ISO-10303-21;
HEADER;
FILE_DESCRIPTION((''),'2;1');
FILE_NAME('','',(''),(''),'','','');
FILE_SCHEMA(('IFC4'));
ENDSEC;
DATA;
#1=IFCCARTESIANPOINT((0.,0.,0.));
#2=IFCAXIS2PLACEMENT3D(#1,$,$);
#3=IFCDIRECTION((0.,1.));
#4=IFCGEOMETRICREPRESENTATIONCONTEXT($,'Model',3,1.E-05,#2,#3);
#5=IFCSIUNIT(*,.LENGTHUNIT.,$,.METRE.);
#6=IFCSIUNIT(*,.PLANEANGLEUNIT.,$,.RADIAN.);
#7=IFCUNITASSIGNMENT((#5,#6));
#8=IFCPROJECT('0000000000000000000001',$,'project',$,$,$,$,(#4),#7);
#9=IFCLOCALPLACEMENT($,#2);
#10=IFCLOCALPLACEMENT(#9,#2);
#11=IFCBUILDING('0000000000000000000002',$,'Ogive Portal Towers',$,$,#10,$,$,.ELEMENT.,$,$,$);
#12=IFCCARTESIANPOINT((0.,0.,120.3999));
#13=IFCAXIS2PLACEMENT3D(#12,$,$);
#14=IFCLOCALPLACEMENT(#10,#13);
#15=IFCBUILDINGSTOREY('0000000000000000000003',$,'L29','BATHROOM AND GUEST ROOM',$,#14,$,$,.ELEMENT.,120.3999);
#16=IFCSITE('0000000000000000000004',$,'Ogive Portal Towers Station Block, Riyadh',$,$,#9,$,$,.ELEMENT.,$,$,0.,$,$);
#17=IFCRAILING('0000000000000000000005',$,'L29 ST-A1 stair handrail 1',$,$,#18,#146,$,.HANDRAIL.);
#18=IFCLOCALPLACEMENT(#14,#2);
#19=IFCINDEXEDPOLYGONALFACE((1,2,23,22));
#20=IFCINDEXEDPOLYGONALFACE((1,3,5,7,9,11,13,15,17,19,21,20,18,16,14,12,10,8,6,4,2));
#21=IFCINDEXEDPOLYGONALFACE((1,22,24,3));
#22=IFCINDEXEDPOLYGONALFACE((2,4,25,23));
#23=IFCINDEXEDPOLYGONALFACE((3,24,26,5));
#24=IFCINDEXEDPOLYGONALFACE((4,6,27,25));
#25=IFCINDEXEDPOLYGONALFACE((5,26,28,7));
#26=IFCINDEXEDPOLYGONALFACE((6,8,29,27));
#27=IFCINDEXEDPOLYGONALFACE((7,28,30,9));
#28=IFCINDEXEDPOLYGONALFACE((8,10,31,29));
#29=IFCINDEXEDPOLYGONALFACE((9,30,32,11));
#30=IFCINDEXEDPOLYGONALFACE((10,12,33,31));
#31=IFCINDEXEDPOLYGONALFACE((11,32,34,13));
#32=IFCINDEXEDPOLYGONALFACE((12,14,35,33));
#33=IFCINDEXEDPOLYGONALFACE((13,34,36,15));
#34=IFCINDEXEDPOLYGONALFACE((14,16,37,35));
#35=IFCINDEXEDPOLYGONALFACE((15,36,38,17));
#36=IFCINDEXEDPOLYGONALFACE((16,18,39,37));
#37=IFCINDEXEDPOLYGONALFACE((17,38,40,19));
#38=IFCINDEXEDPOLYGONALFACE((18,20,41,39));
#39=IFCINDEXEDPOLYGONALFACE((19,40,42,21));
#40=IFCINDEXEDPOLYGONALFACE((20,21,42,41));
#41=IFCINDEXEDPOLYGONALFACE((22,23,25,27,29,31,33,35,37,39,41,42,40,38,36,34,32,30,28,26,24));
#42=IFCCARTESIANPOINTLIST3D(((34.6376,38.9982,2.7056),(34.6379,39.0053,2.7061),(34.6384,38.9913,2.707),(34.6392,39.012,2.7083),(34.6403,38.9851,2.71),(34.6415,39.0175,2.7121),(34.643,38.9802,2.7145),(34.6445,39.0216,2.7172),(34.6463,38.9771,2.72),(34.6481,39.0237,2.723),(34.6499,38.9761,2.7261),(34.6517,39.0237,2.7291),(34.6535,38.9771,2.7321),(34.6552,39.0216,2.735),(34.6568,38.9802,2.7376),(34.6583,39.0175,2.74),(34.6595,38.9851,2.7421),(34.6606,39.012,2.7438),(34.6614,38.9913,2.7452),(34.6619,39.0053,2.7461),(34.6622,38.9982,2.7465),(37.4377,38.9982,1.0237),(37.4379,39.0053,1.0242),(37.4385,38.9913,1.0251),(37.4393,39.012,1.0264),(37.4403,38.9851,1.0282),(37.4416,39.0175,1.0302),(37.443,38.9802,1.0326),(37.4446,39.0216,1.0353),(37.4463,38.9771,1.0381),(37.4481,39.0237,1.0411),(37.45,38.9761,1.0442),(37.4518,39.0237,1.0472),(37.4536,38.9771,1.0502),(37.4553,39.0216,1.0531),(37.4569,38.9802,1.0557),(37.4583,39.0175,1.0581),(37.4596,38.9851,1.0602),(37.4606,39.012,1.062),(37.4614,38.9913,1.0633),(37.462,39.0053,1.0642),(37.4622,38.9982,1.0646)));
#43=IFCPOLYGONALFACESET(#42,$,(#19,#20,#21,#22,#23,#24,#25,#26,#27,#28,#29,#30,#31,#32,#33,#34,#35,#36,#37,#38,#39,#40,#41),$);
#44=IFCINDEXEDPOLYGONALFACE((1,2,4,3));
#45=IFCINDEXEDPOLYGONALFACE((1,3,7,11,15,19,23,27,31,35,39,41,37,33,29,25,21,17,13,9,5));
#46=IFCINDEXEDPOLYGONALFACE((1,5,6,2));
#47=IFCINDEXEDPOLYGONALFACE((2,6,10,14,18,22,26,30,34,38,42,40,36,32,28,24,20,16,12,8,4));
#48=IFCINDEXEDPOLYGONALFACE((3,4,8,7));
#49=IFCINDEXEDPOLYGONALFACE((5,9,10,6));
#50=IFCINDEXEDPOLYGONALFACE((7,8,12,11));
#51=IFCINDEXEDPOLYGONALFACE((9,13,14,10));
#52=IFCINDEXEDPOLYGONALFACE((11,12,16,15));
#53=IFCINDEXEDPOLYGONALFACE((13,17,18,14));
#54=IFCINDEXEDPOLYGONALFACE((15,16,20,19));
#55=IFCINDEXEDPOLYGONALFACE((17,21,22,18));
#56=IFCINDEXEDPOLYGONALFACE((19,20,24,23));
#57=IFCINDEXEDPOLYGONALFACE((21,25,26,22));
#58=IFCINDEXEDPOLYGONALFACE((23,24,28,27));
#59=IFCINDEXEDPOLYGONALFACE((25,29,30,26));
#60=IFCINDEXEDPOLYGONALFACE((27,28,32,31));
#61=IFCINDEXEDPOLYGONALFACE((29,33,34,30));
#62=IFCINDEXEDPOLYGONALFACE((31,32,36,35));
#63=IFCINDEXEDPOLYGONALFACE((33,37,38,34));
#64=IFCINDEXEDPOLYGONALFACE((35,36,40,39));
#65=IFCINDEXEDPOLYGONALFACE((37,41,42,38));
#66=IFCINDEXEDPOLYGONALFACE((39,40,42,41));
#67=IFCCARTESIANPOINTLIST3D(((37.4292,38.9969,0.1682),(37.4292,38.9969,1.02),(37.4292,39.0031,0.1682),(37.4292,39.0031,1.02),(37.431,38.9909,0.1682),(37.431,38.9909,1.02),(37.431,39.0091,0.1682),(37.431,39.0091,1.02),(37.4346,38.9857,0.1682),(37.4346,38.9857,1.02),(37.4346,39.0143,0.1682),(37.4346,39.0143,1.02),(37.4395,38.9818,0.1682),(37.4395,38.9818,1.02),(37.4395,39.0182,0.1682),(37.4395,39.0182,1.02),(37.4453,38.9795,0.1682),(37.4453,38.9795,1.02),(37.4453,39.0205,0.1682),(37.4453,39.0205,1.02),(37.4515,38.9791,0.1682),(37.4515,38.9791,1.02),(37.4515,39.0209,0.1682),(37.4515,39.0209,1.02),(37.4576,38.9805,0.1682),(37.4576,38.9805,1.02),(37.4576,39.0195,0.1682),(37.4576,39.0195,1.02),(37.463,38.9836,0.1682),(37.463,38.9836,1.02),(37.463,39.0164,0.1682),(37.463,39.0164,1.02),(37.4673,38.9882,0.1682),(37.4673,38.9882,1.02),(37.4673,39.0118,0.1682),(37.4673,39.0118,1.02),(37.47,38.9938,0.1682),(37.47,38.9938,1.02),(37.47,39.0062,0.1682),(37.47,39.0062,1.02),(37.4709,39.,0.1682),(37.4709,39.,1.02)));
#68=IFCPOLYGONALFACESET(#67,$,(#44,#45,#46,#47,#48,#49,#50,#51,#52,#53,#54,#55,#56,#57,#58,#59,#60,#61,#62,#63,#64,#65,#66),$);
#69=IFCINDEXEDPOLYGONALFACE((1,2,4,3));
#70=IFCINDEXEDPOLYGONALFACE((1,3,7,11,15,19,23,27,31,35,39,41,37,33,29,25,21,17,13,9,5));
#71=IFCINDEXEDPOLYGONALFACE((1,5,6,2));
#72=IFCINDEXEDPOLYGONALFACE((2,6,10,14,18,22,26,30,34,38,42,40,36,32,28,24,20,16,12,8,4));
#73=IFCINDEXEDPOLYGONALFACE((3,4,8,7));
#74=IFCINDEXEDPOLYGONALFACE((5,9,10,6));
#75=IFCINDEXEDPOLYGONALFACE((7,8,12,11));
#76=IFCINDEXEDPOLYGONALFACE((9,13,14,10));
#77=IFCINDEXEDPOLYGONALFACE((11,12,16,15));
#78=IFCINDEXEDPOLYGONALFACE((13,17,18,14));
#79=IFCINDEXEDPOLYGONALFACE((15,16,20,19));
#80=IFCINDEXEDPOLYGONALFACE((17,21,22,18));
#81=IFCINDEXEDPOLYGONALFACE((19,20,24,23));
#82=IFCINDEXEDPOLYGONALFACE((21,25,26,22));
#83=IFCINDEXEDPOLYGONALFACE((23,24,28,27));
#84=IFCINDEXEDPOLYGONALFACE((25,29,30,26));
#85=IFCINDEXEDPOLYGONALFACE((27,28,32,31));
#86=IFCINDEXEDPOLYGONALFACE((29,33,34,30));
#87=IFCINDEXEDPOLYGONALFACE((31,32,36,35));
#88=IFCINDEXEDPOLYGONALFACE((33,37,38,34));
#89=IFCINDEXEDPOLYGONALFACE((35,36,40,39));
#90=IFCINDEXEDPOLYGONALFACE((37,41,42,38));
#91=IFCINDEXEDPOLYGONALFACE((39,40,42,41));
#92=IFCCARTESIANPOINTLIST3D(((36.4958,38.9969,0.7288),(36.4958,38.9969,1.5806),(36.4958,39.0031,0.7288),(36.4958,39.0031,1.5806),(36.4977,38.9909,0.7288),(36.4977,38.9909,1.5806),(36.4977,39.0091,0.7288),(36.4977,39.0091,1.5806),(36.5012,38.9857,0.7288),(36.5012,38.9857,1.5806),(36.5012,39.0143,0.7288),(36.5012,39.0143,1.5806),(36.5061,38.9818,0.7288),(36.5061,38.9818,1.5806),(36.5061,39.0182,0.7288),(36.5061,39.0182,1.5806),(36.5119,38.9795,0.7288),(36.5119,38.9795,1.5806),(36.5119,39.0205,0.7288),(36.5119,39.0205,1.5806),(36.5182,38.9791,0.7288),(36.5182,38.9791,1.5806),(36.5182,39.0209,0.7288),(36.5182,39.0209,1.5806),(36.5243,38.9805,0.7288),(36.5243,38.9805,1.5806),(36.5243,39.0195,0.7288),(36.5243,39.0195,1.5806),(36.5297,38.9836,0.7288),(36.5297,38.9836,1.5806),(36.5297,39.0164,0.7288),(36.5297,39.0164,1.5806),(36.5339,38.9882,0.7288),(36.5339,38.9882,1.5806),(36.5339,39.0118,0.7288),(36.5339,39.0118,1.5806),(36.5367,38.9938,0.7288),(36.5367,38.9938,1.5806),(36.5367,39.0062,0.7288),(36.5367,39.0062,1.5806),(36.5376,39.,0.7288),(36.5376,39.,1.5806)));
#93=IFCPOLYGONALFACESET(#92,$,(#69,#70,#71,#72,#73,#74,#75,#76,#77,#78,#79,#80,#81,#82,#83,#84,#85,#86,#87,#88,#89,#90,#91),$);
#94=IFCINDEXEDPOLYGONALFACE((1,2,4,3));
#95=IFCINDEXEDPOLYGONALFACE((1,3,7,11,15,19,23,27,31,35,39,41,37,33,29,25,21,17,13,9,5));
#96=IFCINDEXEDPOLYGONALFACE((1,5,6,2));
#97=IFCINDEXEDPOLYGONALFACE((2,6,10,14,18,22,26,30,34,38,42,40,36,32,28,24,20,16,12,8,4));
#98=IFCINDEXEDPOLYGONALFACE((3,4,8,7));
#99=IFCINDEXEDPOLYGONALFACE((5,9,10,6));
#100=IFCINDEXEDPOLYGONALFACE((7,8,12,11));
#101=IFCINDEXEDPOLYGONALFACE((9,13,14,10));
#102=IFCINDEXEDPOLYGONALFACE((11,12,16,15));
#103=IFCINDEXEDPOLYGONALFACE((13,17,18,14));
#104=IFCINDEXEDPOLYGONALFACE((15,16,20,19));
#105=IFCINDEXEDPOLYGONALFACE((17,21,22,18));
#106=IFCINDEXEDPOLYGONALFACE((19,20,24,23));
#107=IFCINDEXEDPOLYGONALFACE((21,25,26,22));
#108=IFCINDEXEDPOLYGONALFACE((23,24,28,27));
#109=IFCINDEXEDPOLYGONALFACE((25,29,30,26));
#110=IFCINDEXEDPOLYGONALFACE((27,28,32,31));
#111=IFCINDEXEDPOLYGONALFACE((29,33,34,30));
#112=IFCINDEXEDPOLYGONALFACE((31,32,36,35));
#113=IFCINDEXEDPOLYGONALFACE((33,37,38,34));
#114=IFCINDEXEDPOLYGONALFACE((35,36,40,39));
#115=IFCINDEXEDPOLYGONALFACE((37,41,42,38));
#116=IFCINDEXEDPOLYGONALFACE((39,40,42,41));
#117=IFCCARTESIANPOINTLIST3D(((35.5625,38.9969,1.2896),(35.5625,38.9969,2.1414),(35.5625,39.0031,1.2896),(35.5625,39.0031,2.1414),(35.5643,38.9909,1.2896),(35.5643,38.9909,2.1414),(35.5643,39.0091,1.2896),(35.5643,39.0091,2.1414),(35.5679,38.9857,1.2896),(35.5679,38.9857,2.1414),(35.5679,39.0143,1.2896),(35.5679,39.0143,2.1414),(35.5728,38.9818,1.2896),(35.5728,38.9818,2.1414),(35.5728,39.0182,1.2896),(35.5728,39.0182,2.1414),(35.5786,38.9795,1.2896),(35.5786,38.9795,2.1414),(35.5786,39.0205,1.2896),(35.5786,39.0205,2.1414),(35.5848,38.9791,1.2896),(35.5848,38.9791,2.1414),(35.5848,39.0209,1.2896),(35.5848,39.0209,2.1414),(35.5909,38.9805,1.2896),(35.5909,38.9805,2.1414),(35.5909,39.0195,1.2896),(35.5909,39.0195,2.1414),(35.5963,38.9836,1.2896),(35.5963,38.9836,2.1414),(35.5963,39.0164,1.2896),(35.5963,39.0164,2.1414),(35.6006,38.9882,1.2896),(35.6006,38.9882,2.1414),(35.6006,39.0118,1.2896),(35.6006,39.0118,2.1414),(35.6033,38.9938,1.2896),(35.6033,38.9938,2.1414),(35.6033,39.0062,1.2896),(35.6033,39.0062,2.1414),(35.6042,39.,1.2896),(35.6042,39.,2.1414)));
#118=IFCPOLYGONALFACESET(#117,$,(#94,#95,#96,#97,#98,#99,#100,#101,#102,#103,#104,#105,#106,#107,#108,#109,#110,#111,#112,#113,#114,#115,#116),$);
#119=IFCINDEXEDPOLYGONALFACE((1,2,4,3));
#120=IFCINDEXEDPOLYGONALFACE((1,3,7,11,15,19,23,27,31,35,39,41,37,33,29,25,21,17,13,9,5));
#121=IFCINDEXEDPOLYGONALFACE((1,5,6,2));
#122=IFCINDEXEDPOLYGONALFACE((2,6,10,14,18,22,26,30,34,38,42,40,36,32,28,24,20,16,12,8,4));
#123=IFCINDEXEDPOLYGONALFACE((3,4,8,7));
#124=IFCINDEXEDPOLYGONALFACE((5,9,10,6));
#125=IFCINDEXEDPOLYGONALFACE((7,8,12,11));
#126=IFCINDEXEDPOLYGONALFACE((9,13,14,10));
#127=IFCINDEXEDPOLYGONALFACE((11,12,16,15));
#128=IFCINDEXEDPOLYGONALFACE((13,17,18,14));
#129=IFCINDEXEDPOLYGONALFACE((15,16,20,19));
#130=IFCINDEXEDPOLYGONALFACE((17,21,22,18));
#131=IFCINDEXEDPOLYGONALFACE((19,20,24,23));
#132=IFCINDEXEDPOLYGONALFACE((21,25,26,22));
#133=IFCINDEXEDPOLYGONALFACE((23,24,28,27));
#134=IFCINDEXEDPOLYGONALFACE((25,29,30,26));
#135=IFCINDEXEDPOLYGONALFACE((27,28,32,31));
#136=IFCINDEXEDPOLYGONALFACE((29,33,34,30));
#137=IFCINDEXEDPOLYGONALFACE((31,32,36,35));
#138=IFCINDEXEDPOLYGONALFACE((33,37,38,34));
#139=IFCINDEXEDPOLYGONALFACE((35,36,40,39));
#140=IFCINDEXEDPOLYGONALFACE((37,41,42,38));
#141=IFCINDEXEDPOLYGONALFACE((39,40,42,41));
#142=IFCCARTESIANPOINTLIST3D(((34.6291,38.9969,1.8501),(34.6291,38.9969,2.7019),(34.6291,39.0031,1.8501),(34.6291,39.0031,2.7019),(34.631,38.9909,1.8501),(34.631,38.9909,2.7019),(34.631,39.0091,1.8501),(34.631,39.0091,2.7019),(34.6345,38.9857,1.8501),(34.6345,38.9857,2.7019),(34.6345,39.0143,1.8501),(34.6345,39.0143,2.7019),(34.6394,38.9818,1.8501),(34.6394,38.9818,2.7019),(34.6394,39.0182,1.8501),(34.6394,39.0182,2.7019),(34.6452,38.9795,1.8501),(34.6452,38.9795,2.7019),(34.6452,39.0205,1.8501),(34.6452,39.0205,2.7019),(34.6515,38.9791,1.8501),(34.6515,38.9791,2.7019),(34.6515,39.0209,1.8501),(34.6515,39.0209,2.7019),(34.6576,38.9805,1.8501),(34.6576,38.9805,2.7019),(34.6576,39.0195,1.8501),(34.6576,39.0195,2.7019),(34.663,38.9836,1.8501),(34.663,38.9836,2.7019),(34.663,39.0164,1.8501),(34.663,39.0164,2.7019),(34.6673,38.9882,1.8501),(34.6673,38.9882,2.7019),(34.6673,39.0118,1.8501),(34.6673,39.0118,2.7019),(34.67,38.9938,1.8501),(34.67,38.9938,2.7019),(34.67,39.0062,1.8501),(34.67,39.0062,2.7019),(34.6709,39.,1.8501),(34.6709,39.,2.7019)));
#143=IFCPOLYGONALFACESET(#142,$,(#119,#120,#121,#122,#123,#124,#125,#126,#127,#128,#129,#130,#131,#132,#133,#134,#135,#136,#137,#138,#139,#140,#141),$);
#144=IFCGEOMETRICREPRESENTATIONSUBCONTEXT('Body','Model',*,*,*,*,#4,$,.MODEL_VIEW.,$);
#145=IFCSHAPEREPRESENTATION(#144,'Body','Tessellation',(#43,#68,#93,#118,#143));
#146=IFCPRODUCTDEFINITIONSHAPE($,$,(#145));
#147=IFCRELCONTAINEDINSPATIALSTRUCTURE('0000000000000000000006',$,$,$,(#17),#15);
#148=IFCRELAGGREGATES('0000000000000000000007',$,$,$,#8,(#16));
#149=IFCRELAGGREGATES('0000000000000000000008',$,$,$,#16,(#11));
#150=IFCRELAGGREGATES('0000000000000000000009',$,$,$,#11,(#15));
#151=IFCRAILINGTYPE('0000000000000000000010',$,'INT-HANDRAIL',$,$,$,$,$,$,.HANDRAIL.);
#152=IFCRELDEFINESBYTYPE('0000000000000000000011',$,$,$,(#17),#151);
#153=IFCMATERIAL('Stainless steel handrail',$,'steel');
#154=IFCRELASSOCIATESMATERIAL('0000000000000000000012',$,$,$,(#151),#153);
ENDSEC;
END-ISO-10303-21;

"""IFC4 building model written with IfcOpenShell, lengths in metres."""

from ifc_helpers import new_model, si_unit, direction, frame, origin, origin_2d, place, context, subcontext, project, spatial, circle, extrude, material, type_object, element, save


model = new_model("IFC4")

# Units and contexts
model_context = context("Model", 3, precision=1e-05, world=origin(), true_north=direction((0.0, 1.0)))
body_context = subcontext(model_context, "Body", "Model", "MODEL_VIEW")
ifc_project = project(units=[si_unit("LENGTHUNIT", "METRE"), si_unit("PLANEANGLEUNIT", "RADIAN")], contexts=[model_context])

# Site, building, storey
site_placement = place(None, origin())
site = spatial("IfcSite", under=ifc_project, at=site_placement, Name="Ogive Portal Towers Station Block, Riyadh", CompositionType="ELEMENT", RefElevation=0.0)
building_placement = place(site_placement, origin())
building = spatial("IfcBuilding", under=site, at=building_placement, Name="Ogive Portal Towers", CompositionType="ELEMENT")
storey_placement = place(building_placement, frame((0.0, 0.0, 120.3999)))
storey = spatial("IfcBuildingStorey", under=building, at=storey_placement, Name="L29", Description="BATHROOM AND GUEST ROOM", CompositionType="ELEMENT", Elevation=120.3999)

# Railing
ifc_material_1 = material(Name="Stainless steel handrail", Category="steel")
railing_type_1 = type_object("IfcRailingType", Name="INT-HANDRAIL", PredefinedType="HANDRAIL", material=ifc_material_1)
railing_1_placement = place(storey_placement, frame((37.45, 39.0, 0.1682)))
element("IfcRailing", 1, at=railing_1_placement, inside=storey, type_object=railing_type_1, Name="L29 ST-A1 stair handrail 1", PredefinedType="HANDRAIL", context=body_context, shape_type="SweptSolid", body=[
    extrude(circle(Radius=0.0239, at=origin_2d()), frame((0.0, 0.0, 0.876), z_axis=(-0.857242, 0.0, 0.514913), x_axis=(0.0, -1.0, 0.0)), (0.0, 0.0, 1.0), 3.2664),
    extrude(circle(Radius=0.021, at=origin_2d()), origin(), (0.0, 0.0, 1.0), 0.8518),
    extrude(circle(Radius=0.021, at=origin_2d()), frame((-0.9333, 0.0, 0.5605)), (0.0, 0.0, 1.0), 0.8518),
    extrude(circle(Radius=0.021, at=origin_2d()), frame((-1.8667, 0.0, 1.1213)), (0.0, 0.0, 1.0), 0.8518),
    extrude(circle(Radius=0.021, at=origin_2d()), frame((-2.8, 0.0, 1.6819)), (0.0, 0.0, 1.0), 0.8518),
])

save(model, "model.ifc")
